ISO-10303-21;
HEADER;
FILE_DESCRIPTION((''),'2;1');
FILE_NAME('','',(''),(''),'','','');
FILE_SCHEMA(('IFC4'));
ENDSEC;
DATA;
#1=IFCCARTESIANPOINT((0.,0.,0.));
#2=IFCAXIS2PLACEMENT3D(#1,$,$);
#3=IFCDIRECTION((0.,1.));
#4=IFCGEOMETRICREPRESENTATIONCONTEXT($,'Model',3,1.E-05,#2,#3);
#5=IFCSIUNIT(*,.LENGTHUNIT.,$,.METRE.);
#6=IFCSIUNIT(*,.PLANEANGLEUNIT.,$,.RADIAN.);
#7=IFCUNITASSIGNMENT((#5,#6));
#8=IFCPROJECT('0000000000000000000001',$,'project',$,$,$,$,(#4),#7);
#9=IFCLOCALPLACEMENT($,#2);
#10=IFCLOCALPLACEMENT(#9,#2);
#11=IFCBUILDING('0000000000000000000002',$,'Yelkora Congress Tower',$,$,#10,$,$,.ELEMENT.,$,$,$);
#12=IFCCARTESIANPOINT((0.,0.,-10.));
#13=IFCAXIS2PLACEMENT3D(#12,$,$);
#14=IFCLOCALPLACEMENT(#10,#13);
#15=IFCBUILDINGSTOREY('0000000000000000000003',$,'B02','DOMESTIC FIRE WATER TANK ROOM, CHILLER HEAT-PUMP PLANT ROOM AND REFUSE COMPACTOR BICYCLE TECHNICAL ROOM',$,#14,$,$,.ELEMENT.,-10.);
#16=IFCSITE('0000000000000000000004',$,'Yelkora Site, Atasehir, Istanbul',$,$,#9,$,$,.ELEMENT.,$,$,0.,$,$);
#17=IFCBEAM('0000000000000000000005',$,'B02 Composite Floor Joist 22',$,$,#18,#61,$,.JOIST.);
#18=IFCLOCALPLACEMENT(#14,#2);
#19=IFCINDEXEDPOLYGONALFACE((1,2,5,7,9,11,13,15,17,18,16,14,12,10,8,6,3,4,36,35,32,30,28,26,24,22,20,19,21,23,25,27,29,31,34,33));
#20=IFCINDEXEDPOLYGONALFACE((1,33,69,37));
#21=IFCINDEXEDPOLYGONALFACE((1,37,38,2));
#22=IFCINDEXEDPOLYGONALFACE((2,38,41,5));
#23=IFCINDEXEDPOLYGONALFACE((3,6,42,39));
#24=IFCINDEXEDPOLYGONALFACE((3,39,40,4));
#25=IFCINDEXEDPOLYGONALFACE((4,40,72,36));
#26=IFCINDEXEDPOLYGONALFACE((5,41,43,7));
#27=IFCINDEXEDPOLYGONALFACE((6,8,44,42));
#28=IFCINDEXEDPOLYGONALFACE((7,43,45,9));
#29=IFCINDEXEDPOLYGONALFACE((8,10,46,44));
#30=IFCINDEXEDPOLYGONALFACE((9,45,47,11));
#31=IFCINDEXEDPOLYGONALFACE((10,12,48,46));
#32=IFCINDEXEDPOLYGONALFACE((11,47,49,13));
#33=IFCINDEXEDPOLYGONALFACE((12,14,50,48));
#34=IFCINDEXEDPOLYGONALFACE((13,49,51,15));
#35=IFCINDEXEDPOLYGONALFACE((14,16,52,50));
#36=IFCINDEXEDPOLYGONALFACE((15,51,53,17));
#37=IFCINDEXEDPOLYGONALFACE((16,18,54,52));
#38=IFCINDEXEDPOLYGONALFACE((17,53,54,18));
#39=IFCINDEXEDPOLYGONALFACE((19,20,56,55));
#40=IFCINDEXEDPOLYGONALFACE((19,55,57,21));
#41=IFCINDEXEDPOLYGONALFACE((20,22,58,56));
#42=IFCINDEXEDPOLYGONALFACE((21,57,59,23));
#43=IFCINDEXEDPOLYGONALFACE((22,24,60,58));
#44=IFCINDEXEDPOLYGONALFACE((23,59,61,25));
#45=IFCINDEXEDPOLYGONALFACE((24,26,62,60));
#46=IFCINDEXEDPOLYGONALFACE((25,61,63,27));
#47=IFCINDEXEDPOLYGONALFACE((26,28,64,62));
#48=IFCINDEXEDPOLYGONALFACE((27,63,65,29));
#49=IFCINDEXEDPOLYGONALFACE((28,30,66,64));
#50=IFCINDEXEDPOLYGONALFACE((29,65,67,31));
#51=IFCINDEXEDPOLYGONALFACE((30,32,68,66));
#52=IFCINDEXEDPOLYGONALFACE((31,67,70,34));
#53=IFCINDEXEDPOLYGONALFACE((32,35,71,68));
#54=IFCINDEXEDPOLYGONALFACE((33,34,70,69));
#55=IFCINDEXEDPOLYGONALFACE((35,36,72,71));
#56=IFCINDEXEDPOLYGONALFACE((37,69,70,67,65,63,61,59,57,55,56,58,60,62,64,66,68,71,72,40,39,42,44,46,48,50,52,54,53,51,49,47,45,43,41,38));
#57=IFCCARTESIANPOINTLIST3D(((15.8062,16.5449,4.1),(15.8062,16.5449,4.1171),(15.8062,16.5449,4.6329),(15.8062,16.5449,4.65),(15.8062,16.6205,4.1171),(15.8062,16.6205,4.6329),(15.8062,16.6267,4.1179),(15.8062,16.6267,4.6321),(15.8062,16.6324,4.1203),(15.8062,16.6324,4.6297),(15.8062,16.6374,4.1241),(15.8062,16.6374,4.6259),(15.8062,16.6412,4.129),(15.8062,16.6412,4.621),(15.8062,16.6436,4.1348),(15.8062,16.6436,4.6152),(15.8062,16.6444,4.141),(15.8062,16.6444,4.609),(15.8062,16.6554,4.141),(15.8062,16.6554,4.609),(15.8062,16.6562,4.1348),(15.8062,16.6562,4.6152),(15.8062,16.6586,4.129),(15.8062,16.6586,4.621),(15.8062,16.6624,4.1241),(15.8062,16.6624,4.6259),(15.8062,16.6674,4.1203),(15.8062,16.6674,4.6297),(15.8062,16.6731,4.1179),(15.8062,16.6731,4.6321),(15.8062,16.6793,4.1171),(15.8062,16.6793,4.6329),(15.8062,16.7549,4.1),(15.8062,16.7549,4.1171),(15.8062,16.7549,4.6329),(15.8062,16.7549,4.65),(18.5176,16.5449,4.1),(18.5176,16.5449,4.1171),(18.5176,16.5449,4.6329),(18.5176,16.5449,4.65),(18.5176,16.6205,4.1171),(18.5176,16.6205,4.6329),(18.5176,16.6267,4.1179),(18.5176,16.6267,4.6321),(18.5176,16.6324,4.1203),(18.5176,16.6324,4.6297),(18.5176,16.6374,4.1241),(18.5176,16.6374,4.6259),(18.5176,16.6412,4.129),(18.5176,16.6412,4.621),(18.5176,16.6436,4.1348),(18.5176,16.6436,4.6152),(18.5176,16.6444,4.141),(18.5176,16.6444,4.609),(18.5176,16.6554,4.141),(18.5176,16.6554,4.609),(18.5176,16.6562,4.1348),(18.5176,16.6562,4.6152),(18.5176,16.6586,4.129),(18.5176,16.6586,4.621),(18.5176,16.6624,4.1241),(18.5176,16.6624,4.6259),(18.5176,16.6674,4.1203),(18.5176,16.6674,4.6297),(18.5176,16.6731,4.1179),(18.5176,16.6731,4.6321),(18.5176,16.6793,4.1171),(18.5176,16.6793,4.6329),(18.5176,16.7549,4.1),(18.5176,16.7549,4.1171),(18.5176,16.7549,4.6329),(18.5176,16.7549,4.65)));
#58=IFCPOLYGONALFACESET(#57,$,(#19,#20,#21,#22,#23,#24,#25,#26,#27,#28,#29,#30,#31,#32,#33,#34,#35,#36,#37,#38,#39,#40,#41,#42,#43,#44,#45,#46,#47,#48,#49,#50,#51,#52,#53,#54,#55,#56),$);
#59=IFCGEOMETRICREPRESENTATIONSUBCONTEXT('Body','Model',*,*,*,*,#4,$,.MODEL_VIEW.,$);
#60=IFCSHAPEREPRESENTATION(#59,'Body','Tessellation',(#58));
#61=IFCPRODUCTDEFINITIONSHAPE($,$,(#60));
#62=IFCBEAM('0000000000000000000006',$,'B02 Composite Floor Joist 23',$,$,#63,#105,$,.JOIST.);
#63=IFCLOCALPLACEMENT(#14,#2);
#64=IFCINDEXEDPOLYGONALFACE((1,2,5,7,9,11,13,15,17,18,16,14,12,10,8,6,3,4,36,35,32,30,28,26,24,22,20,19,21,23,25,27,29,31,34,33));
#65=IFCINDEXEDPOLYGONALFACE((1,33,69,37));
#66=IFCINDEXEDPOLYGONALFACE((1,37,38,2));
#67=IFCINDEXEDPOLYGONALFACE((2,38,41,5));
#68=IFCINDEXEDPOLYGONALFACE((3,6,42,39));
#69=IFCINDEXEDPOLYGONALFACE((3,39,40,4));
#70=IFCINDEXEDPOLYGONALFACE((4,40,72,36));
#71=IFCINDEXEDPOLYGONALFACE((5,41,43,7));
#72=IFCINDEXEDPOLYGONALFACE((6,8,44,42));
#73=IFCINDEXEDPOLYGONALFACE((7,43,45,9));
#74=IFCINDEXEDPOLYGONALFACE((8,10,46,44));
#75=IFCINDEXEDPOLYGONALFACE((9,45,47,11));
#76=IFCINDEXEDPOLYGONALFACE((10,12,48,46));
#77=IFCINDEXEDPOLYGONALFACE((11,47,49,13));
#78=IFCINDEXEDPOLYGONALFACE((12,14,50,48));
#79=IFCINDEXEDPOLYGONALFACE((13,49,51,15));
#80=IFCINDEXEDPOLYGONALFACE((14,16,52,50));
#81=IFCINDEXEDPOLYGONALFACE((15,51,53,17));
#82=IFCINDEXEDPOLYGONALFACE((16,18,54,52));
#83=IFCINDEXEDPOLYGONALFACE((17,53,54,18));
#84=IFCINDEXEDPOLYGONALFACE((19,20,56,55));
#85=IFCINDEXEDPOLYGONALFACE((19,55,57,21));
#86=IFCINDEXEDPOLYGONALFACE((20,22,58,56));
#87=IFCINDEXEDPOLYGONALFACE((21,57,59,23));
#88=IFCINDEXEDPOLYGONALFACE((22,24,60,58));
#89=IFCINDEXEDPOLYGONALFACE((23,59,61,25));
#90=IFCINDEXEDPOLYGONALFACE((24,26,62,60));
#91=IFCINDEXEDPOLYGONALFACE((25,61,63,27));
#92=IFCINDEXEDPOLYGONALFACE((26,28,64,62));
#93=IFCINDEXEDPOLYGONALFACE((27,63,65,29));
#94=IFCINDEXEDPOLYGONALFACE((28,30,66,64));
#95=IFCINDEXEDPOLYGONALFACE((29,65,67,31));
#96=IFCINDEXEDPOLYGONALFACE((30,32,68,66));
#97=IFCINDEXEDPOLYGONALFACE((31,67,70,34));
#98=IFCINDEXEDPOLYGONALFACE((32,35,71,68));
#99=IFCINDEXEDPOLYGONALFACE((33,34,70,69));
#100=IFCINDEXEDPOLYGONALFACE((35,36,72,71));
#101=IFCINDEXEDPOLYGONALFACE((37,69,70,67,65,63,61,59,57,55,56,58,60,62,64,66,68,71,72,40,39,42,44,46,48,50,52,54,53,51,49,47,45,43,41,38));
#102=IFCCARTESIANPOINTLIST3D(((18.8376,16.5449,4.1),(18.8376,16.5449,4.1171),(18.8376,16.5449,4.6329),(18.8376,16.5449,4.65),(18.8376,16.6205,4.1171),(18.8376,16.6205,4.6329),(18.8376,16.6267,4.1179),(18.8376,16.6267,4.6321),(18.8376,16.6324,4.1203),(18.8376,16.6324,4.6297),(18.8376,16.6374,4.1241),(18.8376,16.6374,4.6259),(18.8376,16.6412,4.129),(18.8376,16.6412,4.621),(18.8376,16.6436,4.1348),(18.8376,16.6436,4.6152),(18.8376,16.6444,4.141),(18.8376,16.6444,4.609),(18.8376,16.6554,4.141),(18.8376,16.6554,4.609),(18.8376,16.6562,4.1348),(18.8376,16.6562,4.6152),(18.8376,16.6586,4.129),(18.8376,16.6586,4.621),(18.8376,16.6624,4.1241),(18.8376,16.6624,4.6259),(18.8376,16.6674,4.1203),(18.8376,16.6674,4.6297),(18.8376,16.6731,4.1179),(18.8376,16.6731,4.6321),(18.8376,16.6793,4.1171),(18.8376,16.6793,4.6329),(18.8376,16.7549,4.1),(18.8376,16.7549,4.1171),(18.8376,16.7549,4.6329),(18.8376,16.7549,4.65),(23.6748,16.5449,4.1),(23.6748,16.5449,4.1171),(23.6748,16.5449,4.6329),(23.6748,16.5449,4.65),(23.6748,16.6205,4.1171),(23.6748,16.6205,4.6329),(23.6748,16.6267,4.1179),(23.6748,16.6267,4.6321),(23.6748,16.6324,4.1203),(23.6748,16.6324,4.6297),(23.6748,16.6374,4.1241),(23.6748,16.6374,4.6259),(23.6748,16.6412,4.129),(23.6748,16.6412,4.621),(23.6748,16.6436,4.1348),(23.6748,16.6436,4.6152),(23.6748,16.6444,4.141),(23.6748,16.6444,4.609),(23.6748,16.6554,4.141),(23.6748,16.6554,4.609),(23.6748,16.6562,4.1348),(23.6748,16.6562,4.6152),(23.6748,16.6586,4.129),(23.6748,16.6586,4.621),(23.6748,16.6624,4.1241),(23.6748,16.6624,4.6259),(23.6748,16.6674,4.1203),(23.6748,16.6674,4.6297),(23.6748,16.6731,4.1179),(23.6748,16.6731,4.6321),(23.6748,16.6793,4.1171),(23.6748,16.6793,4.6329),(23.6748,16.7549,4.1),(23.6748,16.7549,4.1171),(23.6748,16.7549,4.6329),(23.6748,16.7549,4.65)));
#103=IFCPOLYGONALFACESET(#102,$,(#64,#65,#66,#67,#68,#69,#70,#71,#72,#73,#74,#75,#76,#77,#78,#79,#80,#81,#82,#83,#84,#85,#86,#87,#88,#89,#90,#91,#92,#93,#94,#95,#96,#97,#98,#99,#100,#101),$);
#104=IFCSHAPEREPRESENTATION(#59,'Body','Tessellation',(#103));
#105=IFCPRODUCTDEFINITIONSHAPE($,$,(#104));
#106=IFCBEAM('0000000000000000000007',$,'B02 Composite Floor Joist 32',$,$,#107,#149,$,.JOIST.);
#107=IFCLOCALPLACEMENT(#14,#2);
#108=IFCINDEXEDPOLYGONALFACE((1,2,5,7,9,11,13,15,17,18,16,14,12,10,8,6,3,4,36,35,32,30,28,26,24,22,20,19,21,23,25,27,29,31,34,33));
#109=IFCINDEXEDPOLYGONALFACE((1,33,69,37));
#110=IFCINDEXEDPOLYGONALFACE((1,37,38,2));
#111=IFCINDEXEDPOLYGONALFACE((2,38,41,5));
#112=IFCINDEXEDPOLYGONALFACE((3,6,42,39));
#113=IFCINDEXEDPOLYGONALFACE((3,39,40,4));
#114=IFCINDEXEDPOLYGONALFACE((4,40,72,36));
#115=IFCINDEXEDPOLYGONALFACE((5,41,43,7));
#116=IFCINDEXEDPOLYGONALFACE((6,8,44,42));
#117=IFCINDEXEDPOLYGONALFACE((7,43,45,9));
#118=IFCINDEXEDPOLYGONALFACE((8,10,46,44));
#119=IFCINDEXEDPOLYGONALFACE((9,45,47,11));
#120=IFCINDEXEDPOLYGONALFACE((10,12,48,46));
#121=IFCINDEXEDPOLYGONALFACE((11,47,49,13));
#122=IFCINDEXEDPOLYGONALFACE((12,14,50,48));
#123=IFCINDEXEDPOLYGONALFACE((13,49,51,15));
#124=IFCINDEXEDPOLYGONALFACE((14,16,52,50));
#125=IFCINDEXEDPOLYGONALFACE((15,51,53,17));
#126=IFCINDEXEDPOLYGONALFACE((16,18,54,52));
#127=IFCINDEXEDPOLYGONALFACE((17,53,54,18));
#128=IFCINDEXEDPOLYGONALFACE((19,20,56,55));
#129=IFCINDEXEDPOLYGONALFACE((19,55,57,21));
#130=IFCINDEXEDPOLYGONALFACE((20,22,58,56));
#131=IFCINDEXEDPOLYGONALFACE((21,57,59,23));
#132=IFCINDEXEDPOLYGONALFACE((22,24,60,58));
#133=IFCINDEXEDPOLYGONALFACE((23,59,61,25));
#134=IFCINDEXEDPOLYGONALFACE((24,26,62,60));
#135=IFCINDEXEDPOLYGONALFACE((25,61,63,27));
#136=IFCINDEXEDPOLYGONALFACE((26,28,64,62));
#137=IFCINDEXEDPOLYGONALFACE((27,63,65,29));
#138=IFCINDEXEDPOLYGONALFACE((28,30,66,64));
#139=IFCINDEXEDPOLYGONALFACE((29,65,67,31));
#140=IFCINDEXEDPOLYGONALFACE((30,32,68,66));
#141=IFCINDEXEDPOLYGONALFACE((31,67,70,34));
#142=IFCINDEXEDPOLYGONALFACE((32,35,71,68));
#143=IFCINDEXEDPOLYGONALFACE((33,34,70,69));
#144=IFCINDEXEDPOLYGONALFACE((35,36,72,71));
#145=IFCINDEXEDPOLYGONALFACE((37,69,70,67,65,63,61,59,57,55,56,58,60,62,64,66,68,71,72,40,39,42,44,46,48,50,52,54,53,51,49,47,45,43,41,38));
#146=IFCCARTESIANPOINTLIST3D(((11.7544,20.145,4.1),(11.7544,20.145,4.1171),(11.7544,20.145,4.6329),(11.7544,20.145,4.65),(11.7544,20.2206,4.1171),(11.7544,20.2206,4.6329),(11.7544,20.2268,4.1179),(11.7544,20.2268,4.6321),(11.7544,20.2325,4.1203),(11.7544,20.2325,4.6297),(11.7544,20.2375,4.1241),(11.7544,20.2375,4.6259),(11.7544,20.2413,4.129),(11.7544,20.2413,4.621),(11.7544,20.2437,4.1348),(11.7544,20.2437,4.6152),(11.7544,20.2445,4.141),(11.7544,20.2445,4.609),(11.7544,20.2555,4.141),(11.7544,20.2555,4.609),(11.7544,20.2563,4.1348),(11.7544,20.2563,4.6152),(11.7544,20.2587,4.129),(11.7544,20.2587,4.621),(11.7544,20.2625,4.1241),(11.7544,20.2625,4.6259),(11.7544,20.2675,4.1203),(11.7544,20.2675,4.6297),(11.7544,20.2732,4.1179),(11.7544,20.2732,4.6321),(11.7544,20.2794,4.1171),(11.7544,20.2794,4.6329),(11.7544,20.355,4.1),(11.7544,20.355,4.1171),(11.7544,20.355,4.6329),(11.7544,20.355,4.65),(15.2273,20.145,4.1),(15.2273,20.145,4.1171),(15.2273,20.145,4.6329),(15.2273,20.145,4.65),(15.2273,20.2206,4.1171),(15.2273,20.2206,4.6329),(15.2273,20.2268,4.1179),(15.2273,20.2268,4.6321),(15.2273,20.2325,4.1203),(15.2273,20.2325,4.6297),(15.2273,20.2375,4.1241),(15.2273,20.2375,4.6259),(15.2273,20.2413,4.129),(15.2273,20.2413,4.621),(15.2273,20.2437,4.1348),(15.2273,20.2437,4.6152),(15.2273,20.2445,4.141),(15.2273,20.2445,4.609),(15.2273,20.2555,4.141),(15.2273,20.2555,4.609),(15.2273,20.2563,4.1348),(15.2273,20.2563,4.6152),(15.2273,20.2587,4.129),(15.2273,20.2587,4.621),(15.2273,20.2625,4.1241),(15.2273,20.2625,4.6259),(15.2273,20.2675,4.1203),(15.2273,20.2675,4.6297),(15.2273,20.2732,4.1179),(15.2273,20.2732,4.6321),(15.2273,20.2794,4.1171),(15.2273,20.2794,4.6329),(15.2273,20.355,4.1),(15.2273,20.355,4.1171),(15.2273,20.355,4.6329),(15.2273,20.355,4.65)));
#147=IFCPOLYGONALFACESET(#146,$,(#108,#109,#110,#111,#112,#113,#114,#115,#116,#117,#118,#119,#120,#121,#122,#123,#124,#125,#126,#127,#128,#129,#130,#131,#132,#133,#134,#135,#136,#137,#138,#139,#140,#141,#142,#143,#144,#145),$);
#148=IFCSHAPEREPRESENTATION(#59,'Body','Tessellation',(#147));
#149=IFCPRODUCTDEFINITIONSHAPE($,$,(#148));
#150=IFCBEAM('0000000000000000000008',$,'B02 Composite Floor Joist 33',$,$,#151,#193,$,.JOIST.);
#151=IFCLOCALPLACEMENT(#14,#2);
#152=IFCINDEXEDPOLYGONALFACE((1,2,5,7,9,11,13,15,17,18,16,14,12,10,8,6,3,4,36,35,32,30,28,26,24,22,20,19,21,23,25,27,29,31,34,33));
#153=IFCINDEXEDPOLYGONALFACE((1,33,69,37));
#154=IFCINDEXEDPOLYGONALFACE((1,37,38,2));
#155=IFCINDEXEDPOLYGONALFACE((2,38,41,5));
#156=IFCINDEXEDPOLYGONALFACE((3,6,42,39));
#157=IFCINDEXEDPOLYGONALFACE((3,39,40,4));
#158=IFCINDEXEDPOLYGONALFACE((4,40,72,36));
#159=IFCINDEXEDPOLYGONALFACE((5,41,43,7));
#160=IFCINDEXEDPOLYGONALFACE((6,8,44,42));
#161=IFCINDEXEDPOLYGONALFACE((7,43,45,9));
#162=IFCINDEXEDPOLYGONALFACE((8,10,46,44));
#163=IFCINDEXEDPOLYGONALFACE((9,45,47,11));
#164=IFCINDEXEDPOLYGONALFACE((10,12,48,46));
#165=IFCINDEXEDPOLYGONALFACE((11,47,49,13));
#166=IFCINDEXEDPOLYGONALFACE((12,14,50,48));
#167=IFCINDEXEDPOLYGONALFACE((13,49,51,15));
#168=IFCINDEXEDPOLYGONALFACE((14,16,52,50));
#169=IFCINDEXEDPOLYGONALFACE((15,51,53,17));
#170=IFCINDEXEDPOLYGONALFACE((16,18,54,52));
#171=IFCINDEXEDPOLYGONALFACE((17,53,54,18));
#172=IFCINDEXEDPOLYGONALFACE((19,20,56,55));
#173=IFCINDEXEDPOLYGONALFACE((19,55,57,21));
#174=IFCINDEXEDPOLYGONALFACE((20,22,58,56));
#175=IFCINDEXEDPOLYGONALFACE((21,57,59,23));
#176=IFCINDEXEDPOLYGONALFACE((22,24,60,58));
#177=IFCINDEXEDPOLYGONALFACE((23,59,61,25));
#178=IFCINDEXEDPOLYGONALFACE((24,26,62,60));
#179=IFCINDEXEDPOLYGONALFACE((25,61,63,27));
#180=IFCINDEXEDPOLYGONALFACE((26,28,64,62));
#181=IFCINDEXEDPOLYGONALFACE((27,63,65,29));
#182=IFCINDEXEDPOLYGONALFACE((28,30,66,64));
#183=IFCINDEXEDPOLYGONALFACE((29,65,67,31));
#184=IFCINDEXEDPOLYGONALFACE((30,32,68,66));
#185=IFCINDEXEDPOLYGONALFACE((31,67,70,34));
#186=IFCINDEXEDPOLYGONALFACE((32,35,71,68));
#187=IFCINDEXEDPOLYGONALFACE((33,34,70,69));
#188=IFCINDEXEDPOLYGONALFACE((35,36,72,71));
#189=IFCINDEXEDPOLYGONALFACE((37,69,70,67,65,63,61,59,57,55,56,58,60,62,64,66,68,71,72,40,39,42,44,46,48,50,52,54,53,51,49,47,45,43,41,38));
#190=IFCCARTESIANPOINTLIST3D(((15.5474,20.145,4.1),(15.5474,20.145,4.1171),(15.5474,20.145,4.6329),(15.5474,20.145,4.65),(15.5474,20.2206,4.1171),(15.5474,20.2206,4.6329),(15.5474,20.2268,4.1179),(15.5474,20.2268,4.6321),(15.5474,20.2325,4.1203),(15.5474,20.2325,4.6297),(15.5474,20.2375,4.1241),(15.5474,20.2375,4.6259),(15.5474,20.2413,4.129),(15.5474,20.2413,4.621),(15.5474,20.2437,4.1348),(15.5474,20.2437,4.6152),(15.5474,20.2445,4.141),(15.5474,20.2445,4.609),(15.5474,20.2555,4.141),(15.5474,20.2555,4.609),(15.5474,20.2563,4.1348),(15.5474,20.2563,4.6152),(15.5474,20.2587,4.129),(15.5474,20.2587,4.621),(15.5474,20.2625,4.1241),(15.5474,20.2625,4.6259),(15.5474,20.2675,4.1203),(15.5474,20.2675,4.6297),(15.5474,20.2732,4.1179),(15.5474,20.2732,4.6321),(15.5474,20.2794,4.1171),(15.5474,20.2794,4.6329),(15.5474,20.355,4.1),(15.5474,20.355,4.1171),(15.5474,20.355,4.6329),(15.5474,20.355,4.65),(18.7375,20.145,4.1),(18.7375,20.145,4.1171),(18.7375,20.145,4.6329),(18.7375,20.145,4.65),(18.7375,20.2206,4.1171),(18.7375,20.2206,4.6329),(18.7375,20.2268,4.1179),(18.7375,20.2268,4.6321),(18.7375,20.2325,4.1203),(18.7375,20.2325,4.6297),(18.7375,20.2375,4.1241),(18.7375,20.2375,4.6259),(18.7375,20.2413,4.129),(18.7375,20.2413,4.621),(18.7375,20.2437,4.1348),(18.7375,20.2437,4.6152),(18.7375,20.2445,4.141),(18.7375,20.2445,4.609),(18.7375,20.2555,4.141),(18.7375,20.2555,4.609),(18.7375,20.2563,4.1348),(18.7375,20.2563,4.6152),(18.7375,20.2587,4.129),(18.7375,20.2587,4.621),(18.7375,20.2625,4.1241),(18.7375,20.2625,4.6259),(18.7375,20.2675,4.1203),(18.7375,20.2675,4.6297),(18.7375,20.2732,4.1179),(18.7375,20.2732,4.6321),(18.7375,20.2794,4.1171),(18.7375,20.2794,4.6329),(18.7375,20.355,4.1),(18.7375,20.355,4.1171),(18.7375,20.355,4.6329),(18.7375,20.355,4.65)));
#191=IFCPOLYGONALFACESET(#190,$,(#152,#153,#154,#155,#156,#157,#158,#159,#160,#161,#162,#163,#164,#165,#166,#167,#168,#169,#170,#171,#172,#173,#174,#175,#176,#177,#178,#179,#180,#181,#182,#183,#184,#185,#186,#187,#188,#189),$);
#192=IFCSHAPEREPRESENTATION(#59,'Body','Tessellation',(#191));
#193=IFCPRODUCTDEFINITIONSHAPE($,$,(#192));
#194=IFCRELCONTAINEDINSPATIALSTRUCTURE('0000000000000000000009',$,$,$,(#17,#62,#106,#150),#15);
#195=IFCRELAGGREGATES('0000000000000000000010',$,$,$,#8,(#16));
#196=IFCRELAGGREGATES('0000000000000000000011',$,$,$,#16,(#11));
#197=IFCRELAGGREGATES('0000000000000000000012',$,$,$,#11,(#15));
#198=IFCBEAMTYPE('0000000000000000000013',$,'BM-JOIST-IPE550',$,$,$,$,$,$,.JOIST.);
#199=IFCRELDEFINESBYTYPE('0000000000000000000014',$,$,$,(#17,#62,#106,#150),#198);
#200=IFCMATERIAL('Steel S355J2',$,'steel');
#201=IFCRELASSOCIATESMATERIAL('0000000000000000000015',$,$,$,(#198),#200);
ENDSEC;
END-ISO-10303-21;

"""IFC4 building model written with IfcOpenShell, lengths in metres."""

from ifc_helpers import new_model, si_unit, direction, frame, origin, origin_2d, place, context, subcontext, project, spatial, i_section, extrude, material, material_profile, profile_set, type_object, element, save


model = new_model("IFC4")

# Units and contexts
model_context = context("Model", 3, precision=1e-05, world=origin(), true_north=direction((0.0, 1.0)))
body_context = subcontext(model_context, "Body", "Model", "MODEL_VIEW")
ifc_project = project(units=[si_unit("LENGTHUNIT", "METRE"), si_unit("PLANEANGLEUNIT", "RADIAN")], contexts=[model_context])

# Site, building, storey
site_placement = place(None, origin())
site = spatial("IfcSite", under=ifc_project, at=site_placement, Name="Yelkora Site, Atasehir, Istanbul", CompositionType="ELEMENT", RefElevation=0.0)
building_placement = place(site_placement, origin())
building = spatial("IfcBuilding", under=site, at=building_placement, Name="Yelkora Congress Tower", CompositionType="ELEMENT")
storey_placement = place(building_placement, frame((0.0, 0.0, -10.0)))
storey = spatial("IfcBuildingStorey", under=building, at=storey_placement, Name="B02", Description="DOMESTIC FIRE WATER TANK ROOM, CHILLER HEAT-PUMP PLANT ROOM AND REFUSE COMPACTOR BICYCLE TECHNICAL ROOM", CompositionType="ELEMENT", Elevation=-10.0)

# Beams
ifc_material_1 = material(Name="Steel S355J2", Category="steel")
ifc_material_profile_1 = material_profile(ifc_material_1, i_section(OverallWidth=0.21, OverallDepth=0.55, WebThickness=0.011, FlangeThickness=0.0171, FilletRadius=0.0239, at=origin_2d()), Name="IPE 550")
ifc_profile_set_1 = profile_set([ifc_material_profile_1], Name="Steel S355J2")
beam_type_1 = type_object("IfcBeamType", Name="BM-JOIST-IPE550", PredefinedType="JOIST", material=ifc_profile_set_1)
beam_1_placement = place(storey_placement, frame((15.8062, 16.6499, 4.375), z_axis=(1.0, 0.0, 0.0), x_axis=(0.0, 1.0, 0.0)))
element("IfcBeam", 1, at=beam_1_placement, inside=storey, type_object=beam_type_1, Name="B02 Composite Floor Joist 22", PredefinedType="JOIST", context=body_context, shape_type="SweptSolid", body=[
    extrude(i_section(OverallWidth=0.21, OverallDepth=0.55, WebThickness=0.011, FlangeThickness=0.0171, FilletRadius=0.0239, at=origin_2d()), origin(), (0.0, 0.0, 1.0), 2.7114),
])
beam_2_placement = place(storey_placement, frame((18.8376, 16.6499, 4.375), z_axis=(1.0, 0.0, 0.0), x_axis=(0.0, 1.0, 0.0)))
element("IfcBeam", 2, at=beam_2_placement, inside=storey, type_object=beam_type_1, Name="B02 Composite Floor Joist 23", PredefinedType="JOIST", context=body_context, shape_type="SweptSolid", body=[
    extrude(i_section(OverallWidth=0.21, OverallDepth=0.55, WebThickness=0.011, FlangeThickness=0.0171, FilletRadius=0.0239, at=origin_2d()), origin(), (0.0, 0.0, 1.0), 4.8372),
])
beam_3_placement = place(storey_placement, frame((11.7544, 20.25, 4.375), z_axis=(1.0, 0.0, 0.0), x_axis=(0.0, 1.0, 0.0)))
element("IfcBeam", 3, at=beam_3_placement, inside=storey, type_object=beam_type_1, Name="B02 Composite Floor Joist 32", PredefinedType="JOIST", context=body_context, shape_type="SweptSolid", body=[
    extrude(i_section(OverallWidth=0.21, OverallDepth=0.55, WebThickness=0.011, FlangeThickness=0.0171, FilletRadius=0.0239, at=origin_2d()), origin(), (0.0, 0.0, 1.0), 3.4729),
])
beam_4_placement = place(storey_placement, frame((15.5474, 20.25, 4.375), z_axis=(1.0, 0.0, 0.0), x_axis=(0.0, 1.0, 0.0)))
element("IfcBeam", 4, at=beam_4_placement, inside=storey, type_object=beam_type_1, Name="B02 Composite Floor Joist 33", PredefinedType="JOIST", context=body_context, shape_type="SweptSolid", body=[
    extrude(i_section(OverallWidth=0.21, OverallDepth=0.55, WebThickness=0.011, FlangeThickness=0.0171, FilletRadius=0.0239, at=origin_2d()), origin(), (0.0, 0.0, 1.0), 3.1902),
])

save(model, "model.ifc")
